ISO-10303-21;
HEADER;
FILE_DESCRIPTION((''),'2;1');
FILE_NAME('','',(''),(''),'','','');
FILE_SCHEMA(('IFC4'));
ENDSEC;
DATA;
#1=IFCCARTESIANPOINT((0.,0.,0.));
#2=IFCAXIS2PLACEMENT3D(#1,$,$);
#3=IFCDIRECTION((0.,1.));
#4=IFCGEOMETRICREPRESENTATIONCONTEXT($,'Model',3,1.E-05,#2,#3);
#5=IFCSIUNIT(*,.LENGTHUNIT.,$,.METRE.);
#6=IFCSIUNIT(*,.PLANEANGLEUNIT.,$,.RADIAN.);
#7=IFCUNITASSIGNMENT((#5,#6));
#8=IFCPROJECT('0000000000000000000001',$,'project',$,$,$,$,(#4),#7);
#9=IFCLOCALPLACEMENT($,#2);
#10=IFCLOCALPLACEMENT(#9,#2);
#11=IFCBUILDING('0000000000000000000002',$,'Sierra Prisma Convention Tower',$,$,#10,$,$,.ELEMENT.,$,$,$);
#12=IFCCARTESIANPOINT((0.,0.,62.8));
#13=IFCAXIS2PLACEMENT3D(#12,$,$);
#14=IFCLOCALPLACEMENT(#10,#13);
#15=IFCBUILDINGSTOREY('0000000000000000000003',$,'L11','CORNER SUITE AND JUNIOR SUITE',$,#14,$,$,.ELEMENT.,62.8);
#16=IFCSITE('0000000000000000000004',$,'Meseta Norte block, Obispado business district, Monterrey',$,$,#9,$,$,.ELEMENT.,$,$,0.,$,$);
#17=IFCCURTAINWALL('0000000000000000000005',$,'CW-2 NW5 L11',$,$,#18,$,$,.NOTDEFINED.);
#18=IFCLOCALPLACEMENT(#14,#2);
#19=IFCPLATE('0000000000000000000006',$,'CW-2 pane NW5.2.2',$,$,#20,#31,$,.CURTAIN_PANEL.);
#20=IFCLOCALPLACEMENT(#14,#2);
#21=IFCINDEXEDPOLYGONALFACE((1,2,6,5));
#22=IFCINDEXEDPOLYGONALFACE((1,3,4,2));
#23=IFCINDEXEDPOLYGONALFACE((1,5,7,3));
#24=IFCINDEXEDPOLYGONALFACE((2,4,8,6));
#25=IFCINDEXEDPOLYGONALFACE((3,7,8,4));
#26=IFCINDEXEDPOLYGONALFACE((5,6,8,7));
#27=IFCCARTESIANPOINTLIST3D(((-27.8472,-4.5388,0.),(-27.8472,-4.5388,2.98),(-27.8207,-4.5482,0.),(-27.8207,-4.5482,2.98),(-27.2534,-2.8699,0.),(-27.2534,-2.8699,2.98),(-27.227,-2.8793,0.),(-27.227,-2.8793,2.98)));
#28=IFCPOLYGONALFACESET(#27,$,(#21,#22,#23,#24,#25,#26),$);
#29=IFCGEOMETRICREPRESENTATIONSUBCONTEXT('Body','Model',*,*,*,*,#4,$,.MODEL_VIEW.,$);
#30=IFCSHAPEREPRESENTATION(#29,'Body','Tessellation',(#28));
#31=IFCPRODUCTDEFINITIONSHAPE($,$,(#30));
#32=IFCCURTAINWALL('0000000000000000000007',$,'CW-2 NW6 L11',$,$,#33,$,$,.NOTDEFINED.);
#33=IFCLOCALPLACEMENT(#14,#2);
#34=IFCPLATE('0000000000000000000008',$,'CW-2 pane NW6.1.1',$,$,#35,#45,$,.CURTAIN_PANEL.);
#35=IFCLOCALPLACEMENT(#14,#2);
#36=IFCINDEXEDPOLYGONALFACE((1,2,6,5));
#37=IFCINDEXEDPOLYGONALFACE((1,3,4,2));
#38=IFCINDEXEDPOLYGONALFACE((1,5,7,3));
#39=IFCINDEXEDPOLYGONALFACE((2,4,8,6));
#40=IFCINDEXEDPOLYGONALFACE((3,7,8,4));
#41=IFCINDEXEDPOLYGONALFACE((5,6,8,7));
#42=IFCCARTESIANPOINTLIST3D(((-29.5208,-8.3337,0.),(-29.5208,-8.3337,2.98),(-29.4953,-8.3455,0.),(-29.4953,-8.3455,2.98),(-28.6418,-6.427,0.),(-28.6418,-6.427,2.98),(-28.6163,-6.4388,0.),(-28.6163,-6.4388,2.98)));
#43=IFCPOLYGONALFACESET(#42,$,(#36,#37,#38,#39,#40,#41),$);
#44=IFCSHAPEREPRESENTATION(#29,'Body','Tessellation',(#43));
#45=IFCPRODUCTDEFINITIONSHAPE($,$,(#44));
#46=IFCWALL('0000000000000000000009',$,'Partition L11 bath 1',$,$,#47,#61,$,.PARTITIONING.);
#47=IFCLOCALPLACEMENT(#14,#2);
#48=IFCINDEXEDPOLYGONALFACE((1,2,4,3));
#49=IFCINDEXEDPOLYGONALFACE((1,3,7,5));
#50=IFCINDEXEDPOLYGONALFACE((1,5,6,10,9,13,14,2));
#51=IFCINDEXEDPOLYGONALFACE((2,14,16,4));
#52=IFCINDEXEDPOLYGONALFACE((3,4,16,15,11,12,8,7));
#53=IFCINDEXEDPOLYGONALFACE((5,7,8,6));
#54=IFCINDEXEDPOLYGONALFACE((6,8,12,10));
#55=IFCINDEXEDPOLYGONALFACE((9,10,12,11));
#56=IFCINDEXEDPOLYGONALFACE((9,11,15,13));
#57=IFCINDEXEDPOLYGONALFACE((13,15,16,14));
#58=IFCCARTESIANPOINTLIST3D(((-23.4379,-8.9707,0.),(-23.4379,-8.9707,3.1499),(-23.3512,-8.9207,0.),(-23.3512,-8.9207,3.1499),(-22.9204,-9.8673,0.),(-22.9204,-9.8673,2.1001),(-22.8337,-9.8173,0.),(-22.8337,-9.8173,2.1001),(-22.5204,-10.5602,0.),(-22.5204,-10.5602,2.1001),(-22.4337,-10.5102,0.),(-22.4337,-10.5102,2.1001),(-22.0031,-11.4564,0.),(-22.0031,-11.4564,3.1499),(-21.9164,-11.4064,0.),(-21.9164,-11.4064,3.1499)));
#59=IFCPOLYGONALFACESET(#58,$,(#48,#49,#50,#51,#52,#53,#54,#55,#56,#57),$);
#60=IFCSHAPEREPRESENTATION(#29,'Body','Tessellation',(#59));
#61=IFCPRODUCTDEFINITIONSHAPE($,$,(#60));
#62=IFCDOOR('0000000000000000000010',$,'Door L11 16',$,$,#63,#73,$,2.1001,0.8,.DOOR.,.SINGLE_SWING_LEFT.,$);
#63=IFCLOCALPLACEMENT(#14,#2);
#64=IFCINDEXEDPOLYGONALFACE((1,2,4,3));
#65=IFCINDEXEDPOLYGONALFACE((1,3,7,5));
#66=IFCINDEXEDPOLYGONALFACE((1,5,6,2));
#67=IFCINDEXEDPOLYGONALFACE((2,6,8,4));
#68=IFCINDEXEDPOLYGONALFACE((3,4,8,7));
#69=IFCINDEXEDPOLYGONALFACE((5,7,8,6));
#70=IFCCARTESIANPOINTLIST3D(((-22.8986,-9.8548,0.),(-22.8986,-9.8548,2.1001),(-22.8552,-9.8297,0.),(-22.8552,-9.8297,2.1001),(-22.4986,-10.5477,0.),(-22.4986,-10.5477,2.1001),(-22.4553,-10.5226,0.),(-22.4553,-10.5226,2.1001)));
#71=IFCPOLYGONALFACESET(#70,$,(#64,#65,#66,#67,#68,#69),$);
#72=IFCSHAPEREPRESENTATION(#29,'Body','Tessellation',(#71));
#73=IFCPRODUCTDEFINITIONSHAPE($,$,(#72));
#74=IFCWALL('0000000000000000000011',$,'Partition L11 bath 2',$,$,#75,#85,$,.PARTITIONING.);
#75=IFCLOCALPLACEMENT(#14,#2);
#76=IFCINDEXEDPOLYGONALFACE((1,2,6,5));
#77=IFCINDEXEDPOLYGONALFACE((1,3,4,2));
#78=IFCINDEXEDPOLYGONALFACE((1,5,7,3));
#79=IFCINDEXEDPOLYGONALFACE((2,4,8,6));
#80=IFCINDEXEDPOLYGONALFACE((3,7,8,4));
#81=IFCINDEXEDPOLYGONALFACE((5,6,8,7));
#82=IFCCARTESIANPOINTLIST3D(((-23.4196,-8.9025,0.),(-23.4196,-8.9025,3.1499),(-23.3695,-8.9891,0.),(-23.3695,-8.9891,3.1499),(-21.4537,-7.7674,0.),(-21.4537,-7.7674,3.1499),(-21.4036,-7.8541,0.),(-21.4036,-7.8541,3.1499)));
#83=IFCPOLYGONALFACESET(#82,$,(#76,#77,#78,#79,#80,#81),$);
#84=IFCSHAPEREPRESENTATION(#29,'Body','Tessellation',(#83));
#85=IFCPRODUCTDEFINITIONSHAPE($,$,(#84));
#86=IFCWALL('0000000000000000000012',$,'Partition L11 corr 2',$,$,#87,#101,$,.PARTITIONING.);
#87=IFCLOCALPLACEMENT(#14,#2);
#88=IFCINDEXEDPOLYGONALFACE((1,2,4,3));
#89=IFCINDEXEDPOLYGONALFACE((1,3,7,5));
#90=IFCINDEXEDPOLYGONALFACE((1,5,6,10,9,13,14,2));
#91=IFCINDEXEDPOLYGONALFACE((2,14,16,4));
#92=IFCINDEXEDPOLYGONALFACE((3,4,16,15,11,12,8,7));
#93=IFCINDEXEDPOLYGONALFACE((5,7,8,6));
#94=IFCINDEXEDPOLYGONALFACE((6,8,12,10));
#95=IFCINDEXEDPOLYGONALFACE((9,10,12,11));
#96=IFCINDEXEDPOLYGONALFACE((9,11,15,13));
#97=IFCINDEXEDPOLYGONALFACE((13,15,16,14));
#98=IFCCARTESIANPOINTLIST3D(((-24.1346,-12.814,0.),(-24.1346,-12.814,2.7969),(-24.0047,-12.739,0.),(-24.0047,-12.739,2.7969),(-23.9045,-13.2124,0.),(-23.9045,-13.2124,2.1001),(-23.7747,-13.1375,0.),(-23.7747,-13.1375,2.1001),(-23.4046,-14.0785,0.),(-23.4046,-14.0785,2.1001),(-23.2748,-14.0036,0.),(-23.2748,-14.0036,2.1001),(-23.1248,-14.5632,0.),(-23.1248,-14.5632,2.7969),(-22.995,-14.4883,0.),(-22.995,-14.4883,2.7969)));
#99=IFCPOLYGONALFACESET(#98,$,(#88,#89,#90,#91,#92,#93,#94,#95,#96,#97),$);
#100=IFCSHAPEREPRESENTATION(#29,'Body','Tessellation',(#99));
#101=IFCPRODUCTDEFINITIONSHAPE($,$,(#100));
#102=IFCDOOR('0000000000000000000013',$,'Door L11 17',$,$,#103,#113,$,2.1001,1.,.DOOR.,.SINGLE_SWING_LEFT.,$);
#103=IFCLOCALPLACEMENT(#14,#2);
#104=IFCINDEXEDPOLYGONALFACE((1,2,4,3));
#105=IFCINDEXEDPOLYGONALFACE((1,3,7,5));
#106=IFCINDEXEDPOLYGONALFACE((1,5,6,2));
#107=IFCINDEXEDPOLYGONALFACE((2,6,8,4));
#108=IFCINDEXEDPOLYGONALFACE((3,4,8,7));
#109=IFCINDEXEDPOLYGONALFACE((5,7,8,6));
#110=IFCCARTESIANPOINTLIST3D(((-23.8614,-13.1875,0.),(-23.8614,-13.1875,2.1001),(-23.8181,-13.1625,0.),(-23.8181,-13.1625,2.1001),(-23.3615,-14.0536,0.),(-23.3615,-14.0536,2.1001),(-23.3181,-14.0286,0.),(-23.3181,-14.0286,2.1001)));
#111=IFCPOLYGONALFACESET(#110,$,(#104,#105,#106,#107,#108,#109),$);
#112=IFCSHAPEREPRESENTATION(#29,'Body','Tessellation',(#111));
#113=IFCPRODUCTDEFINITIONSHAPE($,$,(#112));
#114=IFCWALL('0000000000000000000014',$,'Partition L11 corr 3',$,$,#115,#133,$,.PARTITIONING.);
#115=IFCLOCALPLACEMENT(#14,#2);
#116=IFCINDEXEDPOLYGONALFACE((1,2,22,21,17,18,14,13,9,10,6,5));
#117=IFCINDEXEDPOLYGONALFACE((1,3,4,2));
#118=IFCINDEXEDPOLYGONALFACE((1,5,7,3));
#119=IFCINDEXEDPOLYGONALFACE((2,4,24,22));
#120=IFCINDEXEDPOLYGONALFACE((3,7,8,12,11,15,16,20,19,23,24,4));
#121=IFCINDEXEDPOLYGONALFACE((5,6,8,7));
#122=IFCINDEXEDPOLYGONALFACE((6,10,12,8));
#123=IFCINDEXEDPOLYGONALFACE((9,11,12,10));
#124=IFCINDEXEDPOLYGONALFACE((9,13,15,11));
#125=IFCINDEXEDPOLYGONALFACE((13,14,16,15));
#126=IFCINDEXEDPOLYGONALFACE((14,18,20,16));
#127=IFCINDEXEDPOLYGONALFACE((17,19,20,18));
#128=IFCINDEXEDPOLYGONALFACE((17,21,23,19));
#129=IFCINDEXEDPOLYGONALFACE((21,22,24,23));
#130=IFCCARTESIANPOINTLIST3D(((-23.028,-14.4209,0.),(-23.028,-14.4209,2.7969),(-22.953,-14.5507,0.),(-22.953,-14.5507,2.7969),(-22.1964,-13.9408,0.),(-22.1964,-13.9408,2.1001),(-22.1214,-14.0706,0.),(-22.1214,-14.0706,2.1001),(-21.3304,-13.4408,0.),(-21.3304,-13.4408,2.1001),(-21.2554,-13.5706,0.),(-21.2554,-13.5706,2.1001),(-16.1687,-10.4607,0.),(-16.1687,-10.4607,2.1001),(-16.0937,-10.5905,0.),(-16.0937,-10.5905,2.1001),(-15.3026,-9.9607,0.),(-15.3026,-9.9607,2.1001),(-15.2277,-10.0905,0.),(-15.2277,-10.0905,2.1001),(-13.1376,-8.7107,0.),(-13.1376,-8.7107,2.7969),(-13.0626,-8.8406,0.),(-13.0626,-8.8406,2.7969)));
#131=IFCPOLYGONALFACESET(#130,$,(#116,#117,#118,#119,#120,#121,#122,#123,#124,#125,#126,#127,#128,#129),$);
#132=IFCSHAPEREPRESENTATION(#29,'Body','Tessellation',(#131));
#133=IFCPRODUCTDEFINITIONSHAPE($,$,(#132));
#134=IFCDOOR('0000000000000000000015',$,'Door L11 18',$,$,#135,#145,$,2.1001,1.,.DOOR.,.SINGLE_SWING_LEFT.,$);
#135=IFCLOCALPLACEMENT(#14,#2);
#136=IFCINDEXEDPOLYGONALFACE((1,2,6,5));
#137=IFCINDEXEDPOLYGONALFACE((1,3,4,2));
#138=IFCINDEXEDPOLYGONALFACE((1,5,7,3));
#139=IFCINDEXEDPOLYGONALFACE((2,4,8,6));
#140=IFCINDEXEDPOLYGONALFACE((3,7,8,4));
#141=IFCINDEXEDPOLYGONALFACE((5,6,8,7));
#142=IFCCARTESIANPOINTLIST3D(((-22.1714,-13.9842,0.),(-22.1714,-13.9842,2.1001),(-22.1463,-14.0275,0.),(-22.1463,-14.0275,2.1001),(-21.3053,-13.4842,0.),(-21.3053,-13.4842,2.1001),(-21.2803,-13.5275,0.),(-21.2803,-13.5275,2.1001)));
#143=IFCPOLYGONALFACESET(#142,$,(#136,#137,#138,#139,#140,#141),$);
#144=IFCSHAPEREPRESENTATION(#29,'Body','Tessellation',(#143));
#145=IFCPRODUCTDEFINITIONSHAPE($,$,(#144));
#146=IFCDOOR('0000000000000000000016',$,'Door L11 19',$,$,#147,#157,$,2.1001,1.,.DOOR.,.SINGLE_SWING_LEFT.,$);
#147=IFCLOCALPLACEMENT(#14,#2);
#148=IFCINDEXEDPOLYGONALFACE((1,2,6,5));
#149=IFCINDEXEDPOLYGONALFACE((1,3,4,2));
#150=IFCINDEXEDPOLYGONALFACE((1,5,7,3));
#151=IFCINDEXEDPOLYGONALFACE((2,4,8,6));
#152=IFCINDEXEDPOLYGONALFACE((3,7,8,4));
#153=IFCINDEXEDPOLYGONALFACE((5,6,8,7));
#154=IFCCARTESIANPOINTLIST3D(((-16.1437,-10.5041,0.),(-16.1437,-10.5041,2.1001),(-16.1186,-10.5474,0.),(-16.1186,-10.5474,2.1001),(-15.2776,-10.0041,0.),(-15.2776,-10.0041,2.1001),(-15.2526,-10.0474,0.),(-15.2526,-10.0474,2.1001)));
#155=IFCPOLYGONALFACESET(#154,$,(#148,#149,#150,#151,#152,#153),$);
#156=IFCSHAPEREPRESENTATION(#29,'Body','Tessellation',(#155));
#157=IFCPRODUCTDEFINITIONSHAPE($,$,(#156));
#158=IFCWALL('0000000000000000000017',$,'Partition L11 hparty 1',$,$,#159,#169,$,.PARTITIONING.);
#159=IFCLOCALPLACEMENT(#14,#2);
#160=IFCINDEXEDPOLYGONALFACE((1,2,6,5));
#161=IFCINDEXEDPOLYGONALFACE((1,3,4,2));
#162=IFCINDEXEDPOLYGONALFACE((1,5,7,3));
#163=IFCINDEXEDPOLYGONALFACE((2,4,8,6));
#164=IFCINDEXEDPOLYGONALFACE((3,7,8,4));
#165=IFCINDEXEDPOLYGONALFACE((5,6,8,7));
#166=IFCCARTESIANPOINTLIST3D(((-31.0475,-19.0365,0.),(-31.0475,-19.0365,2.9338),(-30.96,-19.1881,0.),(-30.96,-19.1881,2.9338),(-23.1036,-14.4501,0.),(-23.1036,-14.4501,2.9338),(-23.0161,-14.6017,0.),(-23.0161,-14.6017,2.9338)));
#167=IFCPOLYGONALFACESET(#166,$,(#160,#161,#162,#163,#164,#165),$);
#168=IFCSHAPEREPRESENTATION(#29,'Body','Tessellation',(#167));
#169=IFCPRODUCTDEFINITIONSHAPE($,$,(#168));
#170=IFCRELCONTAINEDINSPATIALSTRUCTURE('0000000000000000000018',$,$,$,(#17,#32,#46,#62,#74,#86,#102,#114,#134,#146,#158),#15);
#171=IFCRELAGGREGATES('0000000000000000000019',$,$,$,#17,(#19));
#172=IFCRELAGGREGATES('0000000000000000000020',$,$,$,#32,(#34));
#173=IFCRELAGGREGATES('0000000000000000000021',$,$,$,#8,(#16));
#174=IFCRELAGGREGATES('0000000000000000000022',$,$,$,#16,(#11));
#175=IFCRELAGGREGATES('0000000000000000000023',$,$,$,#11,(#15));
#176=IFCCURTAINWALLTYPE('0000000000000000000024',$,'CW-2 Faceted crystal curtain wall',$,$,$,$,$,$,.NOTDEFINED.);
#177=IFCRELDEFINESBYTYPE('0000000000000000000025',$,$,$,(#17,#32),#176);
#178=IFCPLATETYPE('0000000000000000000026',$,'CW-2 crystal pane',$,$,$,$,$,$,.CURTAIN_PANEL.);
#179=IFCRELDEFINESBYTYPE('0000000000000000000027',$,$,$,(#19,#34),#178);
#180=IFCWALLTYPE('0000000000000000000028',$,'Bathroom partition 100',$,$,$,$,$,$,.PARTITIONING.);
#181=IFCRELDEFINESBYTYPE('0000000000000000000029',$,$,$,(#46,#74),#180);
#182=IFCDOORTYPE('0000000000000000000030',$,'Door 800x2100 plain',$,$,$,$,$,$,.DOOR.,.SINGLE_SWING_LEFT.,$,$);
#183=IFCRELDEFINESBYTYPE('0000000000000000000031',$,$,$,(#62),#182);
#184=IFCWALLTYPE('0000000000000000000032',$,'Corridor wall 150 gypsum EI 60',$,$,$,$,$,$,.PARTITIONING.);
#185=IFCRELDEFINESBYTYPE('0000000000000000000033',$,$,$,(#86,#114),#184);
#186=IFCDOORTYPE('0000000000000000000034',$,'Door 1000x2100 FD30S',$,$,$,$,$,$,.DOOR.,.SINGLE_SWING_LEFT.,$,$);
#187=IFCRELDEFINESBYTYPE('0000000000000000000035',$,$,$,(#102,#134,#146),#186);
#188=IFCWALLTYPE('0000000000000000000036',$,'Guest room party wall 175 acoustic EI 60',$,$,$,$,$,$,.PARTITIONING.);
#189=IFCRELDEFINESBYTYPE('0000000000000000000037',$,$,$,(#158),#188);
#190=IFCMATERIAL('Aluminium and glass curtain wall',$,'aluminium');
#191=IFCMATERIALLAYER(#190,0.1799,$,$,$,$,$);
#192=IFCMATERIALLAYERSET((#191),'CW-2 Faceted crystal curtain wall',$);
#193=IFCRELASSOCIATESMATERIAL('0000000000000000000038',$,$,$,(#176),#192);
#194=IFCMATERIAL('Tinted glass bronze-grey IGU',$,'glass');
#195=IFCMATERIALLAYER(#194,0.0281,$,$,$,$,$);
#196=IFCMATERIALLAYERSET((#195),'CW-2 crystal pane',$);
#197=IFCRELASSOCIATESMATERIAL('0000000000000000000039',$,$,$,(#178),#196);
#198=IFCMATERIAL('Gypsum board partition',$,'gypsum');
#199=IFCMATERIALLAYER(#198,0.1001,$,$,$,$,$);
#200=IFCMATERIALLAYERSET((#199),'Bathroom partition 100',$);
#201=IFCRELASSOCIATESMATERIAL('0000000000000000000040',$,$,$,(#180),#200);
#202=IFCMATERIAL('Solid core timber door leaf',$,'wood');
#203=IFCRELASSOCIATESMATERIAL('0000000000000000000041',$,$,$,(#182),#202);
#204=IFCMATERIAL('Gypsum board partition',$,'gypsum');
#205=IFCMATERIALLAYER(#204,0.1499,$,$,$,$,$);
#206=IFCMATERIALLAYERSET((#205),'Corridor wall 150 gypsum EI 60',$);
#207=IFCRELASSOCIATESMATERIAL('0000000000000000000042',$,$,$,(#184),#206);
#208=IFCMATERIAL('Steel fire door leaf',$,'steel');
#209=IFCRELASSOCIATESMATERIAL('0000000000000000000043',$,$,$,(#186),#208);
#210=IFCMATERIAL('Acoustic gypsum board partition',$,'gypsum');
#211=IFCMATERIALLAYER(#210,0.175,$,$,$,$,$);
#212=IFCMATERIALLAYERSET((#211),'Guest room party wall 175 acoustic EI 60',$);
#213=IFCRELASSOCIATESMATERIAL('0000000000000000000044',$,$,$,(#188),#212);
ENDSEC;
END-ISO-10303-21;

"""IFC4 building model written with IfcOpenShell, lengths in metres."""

from ifc_helpers import new_model, si_unit, direction, frame, frame_2d, origin, place, context, subcontext, project, spatial, polyline, rectangle, outline, extrude, material, layer, layer_set, type_object, element, fill, aggregate, save


model = new_model("IFC4")

# Units and contexts
model_context = context("Model", 3, precision=1e-05, world=origin(), true_north=direction((0.0, 1.0)))
body_context = subcontext(model_context, "Body", "Model", "MODEL_VIEW")
ifc_project = project(units=[si_unit("LENGTHUNIT", "METRE"), si_unit("PLANEANGLEUNIT", "RADIAN")], contexts=[model_context])

# Site, building, storey
site_placement = place(None, origin())
site = spatial("IfcSite", under=ifc_project, at=site_placement, Name="Meseta Norte block, Obispado business district, Monterrey", CompositionType="ELEMENT", RefElevation=0.0)
building_placement = place(site_placement, origin())
building = spatial("IfcBuilding", under=site, at=building_placement, Name="Sierra Prisma Convention Tower", CompositionType="ELEMENT")
storey_placement = place(building_placement, frame((0.0, 0.0, 62.8)))
storey = spatial("IfcBuildingStorey", under=building, at=storey_placement, Name="L11", Description="CORNER SUITE AND JUNIOR SUITE", CompositionType="ELEMENT", Elevation=62.8)

# Curtain wall
ifc_material_1 = material(Name="Aluminium and glass curtain wall", Category="aluminium")
ifc_layer_1 = layer(ifc_material_1, 0.1799)
ifc_layer_set_1 = layer_set([ifc_layer_1], Name="CW-2 Faceted crystal curtain wall")
curtain_wall_type = type_object("IfcCurtainWallType", Name="CW-2 Faceted crystal curtain wall", PredefinedType="NOTDEFINED", material=ifc_layer_set_1)
curtain_wall_1_placement = place(storey_placement, origin())
curtain_wall_1 = element("IfcCurtainWall", 1, at=curtain_wall_1_placement, inside=storey, type_object=curtain_wall_type, Name="CW-2 NW5 L11", PredefinedType="NOTDEFINED")

# Plate
ifc_material_2 = material(Name="Tinted glass bronze-grey IGU", Category="glass")
ifc_layer_2 = layer(ifc_material_2, 0.0281)
ifc_layer_set_2 = layer_set([ifc_layer_2], Name="CW-2 crystal pane")
plate_type = type_object("IfcPlateType", Name="CW-2 crystal pane", PredefinedType="CURTAIN_PANEL", material=ifc_layer_set_2)
plate_1_placement = place(storey_placement, frame((-27.8472, -4.5388, 0.0), z_axis=(-0.942153, 0.335184, 0.0), x_axis=(0.335184, 0.942153, 0.0)))
plate_1 = element("IfcPlate", 2, at=plate_1_placement, type_object=plate_type, Name="CW-2 pane NW5.2.2", PredefinedType="CURTAIN_PANEL", context=body_context, shape_type="SweptSolid", body=[
    extrude(outline(polyline([(0.0, 0.0), (1.7714, 0.0), (1.7714, -2.98), (0.0, -2.98), (0.0, 0.0)])), origin(), (0.0, 0.0, -1.0), 0.0281),
])
aggregate(curtain_wall_1, [plate_1])

# Curtain wall, plate
curtain_wall_2_placement = place(storey_placement, origin())
curtain_wall_2 = element("IfcCurtainWall", 3, at=curtain_wall_2_placement, inside=storey, type_object=curtain_wall_type, Name="CW-2 NW6 L11", PredefinedType="NOTDEFINED")
plate_2_placement = place(storey_placement, frame((-28.6418, -6.427, 0.0), z_axis=(-0.908163, 0.418616, 0.0), x_axis=(-0.418616, -0.908163, 0.0)))
plate_2 = element("IfcPlate", 4, at=plate_2_placement, type_object=plate_type, Name="CW-2 pane NW6.1.1", PredefinedType="CURTAIN_PANEL", context=body_context, shape_type="SweptSolid", body=[
    extrude(outline(polyline([(0.0, 0.0), (2.0996, 0.0), (2.0996, 2.98), (0.0, 2.98), (0.0, 0.0)])), origin(), (0.0, 0.0, -1.0), 0.0281),
])
aggregate(curtain_wall_2, [plate_2])

# Wall, opening, door
ifc_material_3 = material(Name="Gypsum board partition", Category="gypsum")
ifc_layer_3 = layer(ifc_material_3, 0.1001)
ifc_layer_set_3 = layer_set([ifc_layer_3], Name="Bathroom partition 100")
wall_type_1 = type_object("IfcWallType", Name="Bathroom partition 100", PredefinedType="PARTITIONING", material=ifc_layer_set_3)
wall_1_placement = place(storey_placement, frame((-21.9597, -11.4314, 0.0), z_axis=(0.0, 0.0, 1.0), x_axis=(-0.499936, 0.866062, 0.0)))
wall_1 = element("IfcWall", 5, at=wall_1_placement, inside=storey, type_object=wall_type_1, Name="Partition L11 bath 1", PredefinedType="PARTITIONING", context=body_context, shape_type="SweptSolid", body=[
    extrude(rectangle(XDim=2.8701, YDim=0.1001, at=frame_2d((1.4351, 0.0))), origin(), (0.0, 0.0, 1.0), 3.1499),
])
opening_1_placement = place(wall_1_placement, frame((1.0349, 0.0, 0.0)))
opening_1 = element("IfcOpeningElement", 6, at=opening_1_placement, cuts=wall_1, PredefinedType="OPENING", context=body_context, shape_type="SweptSolid", body=[
    extrude(rectangle(XDim=0.8, YDim=2.1001, at=frame_2d((0.3999, 1.05))), frame((0.0, 0.05, 0.0), z_axis=(0.0, -1.0, 0.0), x_axis=(1.0, 0.0, 0.0)), (0.0, 0.0, 1.0), 0.1001),
])
ifc_material_4 = material(Name="Solid core timber door leaf", Category="wood")
door_type_1 = type_object("IfcDoorType", Name="Door 800x2100 plain", OperationType="SINGLE_SWING_LEFT", PredefinedType="DOOR", material=ifc_material_4)
door_1_placement = place(opening_1_placement, origin())
door_1 = element("IfcDoor", 7, at=door_1_placement, inside=storey, type_object=door_type_1, Name="Door L11 16", OperationType="SINGLE_SWING_LEFT", OverallHeight=2.1001, OverallWidth=0.8, PredefinedType="DOOR", context=body_context, shape_type="SweptSolid", body=[
    extrude(rectangle(XDim=0.8, YDim=2.1001, at=frame_2d((0.3999, 1.05))), frame((0.0, 0.0249, 0.0), z_axis=(0.0, -1.0, 0.0), x_axis=(1.0, 0.0, 0.0)), (0.0, 0.0, 1.0), 0.05),
])
fill(opening_1, door_1)

# Wall
wall_2_placement = place(storey_placement, frame((-23.3945, -8.9458, 0.0), z_axis=(0.0, 0.0, 1.0), x_axis=(0.866017, 0.500014, 0.0)))
element("IfcWall", 8, at=wall_2_placement, inside=storey, type_object=wall_type_1, Name="Partition L11 bath 2", PredefinedType="PARTITIONING", context=body_context, shape_type="SweptSolid", body=[
    extrude(rectangle(XDim=2.27, YDim=0.1001, at=frame_2d((1.135, 0.0))), origin(), (0.0, 0.0, 1.0), 3.1499),
])

# Wall, opening, door
ifc_material_5 = material(Name="Gypsum board partition", Category="gypsum")
ifc_layer_4 = layer(ifc_material_5, 0.1499)
ifc_layer_set_4 = layer_set([ifc_layer_4], Name="Corridor wall 150 gypsum EI 60")
wall_type_2 = type_object("IfcWallType", Name="Corridor wall 150 gypsum EI 60", PredefinedType="PARTITIONING", material=ifc_layer_set_4)
wall_3_placement = place(storey_placement, frame((-24.0696, -12.7766, 0.0), z_axis=(0.0, 0.0, 1.0), x_axis=(0.499935, -0.866063, 0.0)))
wall_3 = element("IfcWall", 9, at=wall_3_placement, inside=storey, type_object=wall_type_2, Name="Partition L11 corr 2", PredefinedType="PARTITIONING", context=body_context, shape_type="SweptSolid", body=[
    extrude(rectangle(XDim=2.0198, YDim=0.1499, at=frame_2d((1.0098, 0.0))), origin(), (0.0, 0.0, 1.0), 2.7969),
])
opening_2_placement = place(wall_3_placement, frame((0.46, 0.0, 0.0)))
opening_2 = element("IfcOpeningElement", 10, at=opening_2_placement, cuts=wall_3, PredefinedType="OPENING", context=body_context, shape_type="SweptSolid", body=[
    extrude(rectangle(XDim=1.0, YDim=2.1001, at=frame_2d((0.5, 1.05))), frame((0.0, 0.075, 0.0), z_axis=(0.0, -1.0, 0.0), x_axis=(1.0, 0.0, 0.0)), (0.0, 0.0, 1.0), 0.1499),
])
ifc_material_6 = material(Name="Steel fire door leaf", Category="steel")
door_type_2 = type_object("IfcDoorType", Name="Door 1000x2100 FD30S", OperationType="SINGLE_SWING_LEFT", PredefinedType="DOOR", material=ifc_material_6)
door_2_placement = place(opening_2_placement, origin())
door_2 = element("IfcDoor", 11, at=door_2_placement, inside=storey, type_object=door_type_2, Name="Door L11 17", OperationType="SINGLE_SWING_LEFT", OverallHeight=2.1001, OverallWidth=1.0, PredefinedType="DOOR", context=body_context, shape_type="SweptSolid", body=[
    extrude(rectangle(XDim=1.0, YDim=2.1001, at=frame_2d((0.5, 1.05))), frame((0.0, 0.0249, 0.0), z_axis=(0.0, -1.0, 0.0), x_axis=(1.0, 0.0, 0.0)), (0.0, 0.0, 1.0), 0.05),
])
fill(opening_2, door_2)

# Wall, openings, doors
wall_4_placement = place(storey_placement, frame((-22.9905, -14.4858, 0.0), z_axis=(0.0, 0.0, 1.0), x_axis=(0.866026, 0.499999, 0.0)))
wall_4 = element("IfcWall", 12, at=wall_4_placement, inside=storey, type_object=wall_type_2, Name="Partition L11 corr 3", PredefinedType="PARTITIONING", context=body_context, shape_type="SweptSolid", body=[
    extrude(rectangle(XDim=11.4204, YDim=0.1499, at=frame_2d((5.7102, 0.0))), origin(), (0.0, 0.0, 1.0), 2.7969),
])
opening_3_placement = place(wall_4_placement, frame((0.9602, 0.0, 0.0)))
opening_3 = element("IfcOpeningElement", 13, at=opening_3_placement, cuts=wall_4, PredefinedType="OPENING", context=body_context, shape_type="SweptSolid", body=[
    extrude(rectangle(XDim=1.0, YDim=2.1001, at=frame_2d((0.5, 1.05))), frame((0.0, 0.075, 0.0), z_axis=(0.0, -1.0, 0.0), x_axis=(1.0, 0.0, 0.0)), (0.0, 0.0, 1.0), 0.1499),
])
opening_4_placement = place(wall_4_placement, frame((7.9204, 0.0, 0.0)))
opening_4 = element("IfcOpeningElement", 14, at=opening_4_placement, cuts=wall_4, PredefinedType="OPENING", context=body_context, shape_type="SweptSolid", body=[
    extrude(rectangle(XDim=1.0, YDim=2.1001, at=frame_2d((0.5, 1.05))), frame((0.0, 0.075, 0.0), z_axis=(0.0, -1.0, 0.0), x_axis=(1.0, 0.0, 0.0)), (0.0, 0.0, 1.0), 0.1499),
])
door_3_placement = place(opening_3_placement, origin())
door_3 = element("IfcDoor", 15, at=door_3_placement, inside=storey, type_object=door_type_2, Name="Door L11 18", OperationType="SINGLE_SWING_LEFT", OverallHeight=2.1001, OverallWidth=1.0, PredefinedType="DOOR", context=body_context, shape_type="SweptSolid", body=[
    extrude(rectangle(XDim=1.0, YDim=2.1001, at=frame_2d((0.5, 1.05))), frame((0.0, 0.0249, 0.0), z_axis=(0.0, -1.0, 0.0), x_axis=(1.0, 0.0, 0.0)), (0.0, 0.0, 1.0), 0.05),
])
fill(opening_3, door_3)
door_4_placement = place(opening_4_placement, origin())
door_4 = element("IfcDoor", 16, at=door_4_placement, inside=storey, type_object=door_type_2, Name="Door L11 19", OperationType="SINGLE_SWING_LEFT", OverallHeight=2.1001, OverallWidth=1.0, PredefinedType="DOOR", context=body_context, shape_type="SweptSolid", body=[
    extrude(rectangle(XDim=1.0, YDim=2.1001, at=frame_2d((0.5, 1.05))), frame((0.0, 0.0249, 0.0), z_axis=(0.0, -1.0, 0.0), x_axis=(1.0, 0.0, 0.0)), (0.0, 0.0, 1.0), 0.05),
])
fill(opening_4, door_4)

# Wall
ifc_material_7 = material(Name="Acoustic gypsum board partition", Category="gypsum")
ifc_layer_5 = layer(ifc_material_7, 0.175)
ifc_layer_set_5 = layer_set([ifc_layer_5], Name="Guest room party wall 175 acoustic EI 60")
wall_type_3 = type_object("IfcWallType", Name="Guest room party wall 175 acoustic EI 60", PredefinedType="PARTITIONING", material=ifc_layer_set_5)
wall_5_placement = place(storey_placement, frame((-23.0598, -14.5259, 0.0), z_axis=(0.0, 0.0, 1.0), x_axis=(-0.866023, -0.500004, 0.0)))
element("IfcWall", 17, at=wall_5_placement, inside=storey, type_object=wall_type_3, Name="Partition L11 hparty 1", PredefinedType="PARTITIONING", context=body_context, shape_type="SweptSolid", body=[
    extrude(rectangle(XDim=9.1729, YDim=0.175, at=frame_2d((4.5864, 0.0))), origin(), (0.0, 0.0, 1.0), 2.9338),
])

save(model, "model.ifc")
